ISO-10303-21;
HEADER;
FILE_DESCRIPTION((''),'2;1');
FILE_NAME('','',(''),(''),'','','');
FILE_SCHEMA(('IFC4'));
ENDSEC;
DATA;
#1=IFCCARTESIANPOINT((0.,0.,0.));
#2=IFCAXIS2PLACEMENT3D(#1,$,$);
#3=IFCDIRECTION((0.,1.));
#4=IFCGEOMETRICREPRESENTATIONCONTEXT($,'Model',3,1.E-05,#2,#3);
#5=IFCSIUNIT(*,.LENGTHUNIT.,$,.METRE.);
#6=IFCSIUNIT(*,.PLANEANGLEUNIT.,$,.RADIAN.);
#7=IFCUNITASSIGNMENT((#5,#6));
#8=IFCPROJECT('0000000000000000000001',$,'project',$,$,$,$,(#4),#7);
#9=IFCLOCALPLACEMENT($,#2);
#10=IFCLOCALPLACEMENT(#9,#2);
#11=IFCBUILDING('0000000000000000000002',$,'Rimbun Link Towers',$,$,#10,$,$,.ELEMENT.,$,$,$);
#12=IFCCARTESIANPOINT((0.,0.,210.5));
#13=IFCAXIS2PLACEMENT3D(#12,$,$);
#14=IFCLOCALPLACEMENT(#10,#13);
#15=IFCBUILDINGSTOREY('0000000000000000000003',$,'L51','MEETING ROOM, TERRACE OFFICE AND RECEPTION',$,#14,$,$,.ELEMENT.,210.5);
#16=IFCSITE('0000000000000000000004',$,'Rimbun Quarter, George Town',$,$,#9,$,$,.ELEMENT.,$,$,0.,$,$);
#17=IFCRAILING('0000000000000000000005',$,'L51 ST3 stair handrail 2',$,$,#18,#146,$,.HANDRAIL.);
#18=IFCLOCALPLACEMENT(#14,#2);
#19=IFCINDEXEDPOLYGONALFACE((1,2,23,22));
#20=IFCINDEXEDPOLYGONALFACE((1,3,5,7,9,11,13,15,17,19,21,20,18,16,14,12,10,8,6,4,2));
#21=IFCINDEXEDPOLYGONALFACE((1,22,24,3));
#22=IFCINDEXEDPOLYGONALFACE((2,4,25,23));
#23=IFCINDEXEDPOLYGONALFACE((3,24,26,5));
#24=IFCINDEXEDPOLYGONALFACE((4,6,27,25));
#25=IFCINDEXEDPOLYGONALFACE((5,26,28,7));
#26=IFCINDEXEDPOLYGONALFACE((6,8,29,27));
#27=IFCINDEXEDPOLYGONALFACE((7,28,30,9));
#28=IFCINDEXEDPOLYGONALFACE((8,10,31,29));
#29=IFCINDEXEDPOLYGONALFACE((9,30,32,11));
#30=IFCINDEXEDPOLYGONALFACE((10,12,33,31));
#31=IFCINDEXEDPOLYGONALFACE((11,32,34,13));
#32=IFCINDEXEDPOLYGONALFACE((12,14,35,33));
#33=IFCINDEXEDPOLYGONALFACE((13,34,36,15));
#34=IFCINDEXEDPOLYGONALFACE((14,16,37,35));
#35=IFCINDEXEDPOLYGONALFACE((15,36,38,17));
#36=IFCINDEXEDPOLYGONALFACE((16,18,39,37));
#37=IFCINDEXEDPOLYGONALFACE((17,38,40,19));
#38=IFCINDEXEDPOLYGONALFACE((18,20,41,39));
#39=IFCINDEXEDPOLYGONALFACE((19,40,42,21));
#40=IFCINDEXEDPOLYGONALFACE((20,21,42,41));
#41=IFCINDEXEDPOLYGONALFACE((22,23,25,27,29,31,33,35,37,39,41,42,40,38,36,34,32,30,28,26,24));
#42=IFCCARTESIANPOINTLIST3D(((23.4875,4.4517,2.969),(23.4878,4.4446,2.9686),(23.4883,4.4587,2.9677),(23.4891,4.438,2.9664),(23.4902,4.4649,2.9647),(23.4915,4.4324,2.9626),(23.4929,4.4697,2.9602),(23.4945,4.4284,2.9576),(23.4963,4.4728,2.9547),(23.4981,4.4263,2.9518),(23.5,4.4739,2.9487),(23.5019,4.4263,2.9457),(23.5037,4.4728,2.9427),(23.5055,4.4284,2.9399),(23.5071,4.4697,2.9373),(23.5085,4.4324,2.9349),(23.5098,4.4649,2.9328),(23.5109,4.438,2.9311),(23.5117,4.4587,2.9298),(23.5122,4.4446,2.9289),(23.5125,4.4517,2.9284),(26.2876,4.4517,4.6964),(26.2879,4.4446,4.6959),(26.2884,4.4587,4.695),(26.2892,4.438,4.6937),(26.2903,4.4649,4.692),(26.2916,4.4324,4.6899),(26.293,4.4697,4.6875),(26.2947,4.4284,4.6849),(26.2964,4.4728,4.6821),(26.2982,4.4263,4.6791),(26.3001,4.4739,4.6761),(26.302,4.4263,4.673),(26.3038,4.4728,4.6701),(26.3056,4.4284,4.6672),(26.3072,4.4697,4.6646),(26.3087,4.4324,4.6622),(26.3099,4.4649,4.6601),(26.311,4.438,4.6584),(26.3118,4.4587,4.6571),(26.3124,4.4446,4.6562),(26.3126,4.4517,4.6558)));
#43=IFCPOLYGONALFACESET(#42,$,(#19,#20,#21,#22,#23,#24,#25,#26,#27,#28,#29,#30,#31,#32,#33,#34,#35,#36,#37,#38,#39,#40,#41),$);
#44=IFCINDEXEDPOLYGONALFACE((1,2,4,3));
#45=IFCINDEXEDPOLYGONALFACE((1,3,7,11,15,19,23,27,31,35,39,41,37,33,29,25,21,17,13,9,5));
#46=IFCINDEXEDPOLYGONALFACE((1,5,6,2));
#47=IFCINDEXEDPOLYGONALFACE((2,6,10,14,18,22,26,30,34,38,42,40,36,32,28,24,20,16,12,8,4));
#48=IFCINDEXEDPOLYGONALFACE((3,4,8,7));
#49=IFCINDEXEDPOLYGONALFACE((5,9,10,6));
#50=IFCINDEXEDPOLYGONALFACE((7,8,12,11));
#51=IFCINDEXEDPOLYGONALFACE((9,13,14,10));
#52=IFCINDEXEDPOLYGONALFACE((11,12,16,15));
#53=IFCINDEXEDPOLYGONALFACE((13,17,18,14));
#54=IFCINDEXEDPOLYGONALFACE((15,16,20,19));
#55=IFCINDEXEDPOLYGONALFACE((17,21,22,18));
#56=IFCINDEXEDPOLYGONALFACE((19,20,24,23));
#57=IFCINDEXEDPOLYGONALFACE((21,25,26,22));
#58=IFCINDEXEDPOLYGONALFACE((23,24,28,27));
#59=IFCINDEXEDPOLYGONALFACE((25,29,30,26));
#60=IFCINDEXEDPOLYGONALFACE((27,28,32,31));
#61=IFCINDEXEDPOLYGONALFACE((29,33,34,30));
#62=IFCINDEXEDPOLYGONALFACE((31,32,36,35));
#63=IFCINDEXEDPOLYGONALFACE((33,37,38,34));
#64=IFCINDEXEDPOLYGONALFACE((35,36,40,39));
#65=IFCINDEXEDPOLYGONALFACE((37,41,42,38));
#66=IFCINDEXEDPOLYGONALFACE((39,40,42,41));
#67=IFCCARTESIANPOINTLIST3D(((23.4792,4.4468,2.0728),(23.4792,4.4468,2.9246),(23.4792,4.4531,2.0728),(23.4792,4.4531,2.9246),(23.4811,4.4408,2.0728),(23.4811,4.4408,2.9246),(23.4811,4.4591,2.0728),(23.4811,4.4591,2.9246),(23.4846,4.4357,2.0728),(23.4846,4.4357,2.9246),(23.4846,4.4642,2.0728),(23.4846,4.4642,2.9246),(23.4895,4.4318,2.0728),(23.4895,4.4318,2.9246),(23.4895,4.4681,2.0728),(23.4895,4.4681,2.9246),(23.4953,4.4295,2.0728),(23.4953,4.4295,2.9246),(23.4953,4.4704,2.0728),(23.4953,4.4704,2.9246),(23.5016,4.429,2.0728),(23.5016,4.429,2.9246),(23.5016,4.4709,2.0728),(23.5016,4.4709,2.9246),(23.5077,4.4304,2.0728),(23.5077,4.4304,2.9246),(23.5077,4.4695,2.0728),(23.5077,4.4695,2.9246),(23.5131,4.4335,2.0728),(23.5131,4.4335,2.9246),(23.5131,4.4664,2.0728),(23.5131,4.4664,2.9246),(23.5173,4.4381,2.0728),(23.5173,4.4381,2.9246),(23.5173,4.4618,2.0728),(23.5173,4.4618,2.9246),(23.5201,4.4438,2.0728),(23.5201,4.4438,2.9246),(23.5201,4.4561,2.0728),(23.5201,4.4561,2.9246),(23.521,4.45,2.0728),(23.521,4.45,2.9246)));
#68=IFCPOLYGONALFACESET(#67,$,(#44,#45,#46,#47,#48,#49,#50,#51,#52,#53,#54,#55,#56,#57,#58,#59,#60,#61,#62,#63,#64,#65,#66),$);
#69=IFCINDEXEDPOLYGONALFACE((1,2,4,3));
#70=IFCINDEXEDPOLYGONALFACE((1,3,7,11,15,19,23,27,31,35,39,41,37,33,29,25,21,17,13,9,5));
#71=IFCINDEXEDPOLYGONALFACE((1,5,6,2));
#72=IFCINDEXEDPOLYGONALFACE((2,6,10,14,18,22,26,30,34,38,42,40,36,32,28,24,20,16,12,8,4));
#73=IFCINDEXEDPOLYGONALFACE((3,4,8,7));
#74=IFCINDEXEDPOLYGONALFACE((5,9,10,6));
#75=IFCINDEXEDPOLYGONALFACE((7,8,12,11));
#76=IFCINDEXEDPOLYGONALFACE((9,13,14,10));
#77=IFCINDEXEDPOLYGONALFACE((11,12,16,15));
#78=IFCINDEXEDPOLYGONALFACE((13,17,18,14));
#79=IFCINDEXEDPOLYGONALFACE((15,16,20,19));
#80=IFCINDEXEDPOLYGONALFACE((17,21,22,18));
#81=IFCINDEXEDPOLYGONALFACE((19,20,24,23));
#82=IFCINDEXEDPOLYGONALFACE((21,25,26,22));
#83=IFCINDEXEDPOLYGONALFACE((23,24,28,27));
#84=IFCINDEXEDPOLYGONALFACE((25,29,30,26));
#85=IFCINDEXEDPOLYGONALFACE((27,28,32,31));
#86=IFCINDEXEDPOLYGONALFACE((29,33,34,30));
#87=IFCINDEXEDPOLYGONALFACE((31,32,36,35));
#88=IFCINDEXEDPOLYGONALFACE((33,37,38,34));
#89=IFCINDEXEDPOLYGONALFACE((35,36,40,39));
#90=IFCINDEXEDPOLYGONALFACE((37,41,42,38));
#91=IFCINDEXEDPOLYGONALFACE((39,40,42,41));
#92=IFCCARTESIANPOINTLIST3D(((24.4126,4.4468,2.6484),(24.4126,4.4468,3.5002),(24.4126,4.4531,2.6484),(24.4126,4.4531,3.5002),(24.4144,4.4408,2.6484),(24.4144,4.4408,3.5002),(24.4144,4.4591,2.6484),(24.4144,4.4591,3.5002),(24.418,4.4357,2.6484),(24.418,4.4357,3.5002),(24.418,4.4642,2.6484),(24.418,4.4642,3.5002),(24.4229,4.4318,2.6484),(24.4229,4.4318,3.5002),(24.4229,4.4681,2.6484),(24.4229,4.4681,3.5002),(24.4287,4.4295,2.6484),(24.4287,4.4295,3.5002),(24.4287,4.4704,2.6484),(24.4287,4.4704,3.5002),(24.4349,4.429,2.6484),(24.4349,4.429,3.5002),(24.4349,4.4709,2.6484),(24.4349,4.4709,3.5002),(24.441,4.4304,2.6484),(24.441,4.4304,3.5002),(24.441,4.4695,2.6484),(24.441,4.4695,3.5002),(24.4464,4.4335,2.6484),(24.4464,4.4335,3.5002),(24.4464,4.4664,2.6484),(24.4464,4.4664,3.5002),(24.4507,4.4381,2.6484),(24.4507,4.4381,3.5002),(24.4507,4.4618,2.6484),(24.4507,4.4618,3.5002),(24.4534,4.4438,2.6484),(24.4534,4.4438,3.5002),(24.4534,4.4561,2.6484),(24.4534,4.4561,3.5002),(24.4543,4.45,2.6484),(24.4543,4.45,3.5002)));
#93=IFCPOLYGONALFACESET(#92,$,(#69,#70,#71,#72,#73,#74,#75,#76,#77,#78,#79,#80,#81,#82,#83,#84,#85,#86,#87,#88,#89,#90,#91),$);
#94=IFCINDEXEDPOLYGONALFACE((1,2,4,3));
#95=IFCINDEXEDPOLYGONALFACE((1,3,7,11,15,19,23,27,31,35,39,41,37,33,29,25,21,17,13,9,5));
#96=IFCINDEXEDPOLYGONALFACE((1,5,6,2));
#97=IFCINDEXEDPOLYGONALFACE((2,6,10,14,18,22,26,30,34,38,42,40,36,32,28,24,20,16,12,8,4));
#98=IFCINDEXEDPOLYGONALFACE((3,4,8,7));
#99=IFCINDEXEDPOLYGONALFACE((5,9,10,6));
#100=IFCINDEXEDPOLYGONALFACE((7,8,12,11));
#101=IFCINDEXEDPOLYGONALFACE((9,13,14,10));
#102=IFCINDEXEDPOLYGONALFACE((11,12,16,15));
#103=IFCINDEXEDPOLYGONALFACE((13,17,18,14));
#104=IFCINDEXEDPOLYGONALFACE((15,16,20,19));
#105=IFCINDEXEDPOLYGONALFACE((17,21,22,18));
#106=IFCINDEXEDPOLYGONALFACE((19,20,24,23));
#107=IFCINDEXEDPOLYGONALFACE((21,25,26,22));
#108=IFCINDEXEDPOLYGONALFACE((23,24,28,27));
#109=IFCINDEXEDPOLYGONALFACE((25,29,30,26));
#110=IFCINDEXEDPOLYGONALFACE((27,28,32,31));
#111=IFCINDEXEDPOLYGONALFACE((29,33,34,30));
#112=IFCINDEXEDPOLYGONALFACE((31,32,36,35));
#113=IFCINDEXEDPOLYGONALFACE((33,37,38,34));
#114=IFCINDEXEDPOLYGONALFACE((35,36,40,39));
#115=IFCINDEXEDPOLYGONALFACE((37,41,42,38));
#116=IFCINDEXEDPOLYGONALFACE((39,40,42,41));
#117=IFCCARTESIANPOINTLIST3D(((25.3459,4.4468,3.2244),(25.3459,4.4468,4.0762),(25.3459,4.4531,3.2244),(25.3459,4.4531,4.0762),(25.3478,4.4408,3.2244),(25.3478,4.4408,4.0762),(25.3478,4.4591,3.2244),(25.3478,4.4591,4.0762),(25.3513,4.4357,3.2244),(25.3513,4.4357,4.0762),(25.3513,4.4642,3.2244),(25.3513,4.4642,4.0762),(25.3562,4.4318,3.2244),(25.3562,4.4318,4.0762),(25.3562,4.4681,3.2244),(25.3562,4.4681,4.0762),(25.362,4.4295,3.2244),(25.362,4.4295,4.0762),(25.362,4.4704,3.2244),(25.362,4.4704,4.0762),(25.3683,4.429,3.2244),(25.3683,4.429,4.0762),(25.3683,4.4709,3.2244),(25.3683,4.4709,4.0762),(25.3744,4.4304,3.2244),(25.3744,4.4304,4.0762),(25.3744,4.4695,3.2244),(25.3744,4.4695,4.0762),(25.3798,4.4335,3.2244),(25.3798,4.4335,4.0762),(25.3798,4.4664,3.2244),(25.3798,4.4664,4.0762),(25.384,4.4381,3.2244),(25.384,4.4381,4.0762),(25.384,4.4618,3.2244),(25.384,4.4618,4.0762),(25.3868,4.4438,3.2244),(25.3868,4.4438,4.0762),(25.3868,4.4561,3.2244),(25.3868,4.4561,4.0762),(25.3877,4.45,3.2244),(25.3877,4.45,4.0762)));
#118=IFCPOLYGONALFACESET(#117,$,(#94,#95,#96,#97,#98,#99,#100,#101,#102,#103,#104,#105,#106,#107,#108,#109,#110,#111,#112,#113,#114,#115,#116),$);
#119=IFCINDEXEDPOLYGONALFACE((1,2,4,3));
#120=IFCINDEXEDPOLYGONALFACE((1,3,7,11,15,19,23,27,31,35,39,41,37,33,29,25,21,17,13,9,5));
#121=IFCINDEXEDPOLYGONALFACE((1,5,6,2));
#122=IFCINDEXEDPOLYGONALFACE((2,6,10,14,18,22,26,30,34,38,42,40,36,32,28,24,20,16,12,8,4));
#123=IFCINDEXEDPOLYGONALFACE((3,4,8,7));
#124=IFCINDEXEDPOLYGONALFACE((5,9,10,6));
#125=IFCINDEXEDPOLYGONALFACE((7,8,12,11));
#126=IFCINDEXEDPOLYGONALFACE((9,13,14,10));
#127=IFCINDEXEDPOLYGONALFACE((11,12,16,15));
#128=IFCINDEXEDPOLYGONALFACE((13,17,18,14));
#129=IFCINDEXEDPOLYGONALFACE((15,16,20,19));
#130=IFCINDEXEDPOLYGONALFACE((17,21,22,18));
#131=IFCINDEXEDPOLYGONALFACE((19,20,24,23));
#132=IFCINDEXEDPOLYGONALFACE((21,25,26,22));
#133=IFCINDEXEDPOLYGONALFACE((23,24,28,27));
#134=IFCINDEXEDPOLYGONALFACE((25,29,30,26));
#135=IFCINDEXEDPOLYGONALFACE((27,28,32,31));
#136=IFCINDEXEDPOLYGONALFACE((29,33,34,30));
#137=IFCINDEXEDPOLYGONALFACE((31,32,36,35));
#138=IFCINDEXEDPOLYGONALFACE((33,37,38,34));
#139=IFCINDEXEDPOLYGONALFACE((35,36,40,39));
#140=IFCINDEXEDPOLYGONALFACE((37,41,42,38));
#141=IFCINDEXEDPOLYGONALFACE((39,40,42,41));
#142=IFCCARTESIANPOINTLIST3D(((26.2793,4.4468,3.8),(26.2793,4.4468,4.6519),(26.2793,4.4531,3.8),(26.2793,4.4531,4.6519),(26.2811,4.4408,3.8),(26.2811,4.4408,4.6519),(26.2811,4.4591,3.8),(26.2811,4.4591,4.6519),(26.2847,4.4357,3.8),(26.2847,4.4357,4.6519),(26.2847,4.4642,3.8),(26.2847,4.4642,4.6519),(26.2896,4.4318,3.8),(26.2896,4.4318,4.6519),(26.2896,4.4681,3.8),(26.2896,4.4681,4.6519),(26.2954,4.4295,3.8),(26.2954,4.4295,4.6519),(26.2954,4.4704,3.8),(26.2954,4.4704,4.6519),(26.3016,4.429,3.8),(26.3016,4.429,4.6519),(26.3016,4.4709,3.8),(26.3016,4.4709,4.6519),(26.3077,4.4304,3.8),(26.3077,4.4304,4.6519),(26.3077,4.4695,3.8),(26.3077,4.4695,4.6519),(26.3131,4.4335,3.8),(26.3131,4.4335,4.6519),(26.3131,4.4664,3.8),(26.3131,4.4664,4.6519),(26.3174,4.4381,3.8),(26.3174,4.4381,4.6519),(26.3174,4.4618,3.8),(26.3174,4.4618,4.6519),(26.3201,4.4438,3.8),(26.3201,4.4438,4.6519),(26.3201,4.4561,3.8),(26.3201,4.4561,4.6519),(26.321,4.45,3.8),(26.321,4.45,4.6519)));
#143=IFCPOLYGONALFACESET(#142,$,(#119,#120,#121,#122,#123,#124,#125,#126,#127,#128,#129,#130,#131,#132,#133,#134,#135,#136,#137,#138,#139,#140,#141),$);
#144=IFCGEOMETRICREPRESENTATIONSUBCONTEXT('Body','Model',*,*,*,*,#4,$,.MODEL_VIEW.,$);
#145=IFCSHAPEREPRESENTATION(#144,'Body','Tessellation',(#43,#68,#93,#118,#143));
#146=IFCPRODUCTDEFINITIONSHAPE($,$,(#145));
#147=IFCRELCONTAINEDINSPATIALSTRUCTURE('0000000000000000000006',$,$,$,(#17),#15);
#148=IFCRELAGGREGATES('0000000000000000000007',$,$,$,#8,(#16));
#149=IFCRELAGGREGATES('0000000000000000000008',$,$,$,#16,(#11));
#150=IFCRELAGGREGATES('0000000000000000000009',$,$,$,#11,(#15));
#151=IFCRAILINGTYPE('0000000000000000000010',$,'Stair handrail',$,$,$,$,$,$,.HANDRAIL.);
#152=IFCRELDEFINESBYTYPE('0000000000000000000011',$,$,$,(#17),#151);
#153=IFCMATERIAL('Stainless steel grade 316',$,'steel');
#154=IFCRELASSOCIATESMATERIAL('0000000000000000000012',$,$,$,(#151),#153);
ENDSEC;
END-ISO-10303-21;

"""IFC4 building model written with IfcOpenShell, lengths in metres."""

from ifc_helpers import new_model, si_unit, direction, frame, origin, origin_2d, place, context, subcontext, project, spatial, circle, extrude, material, type_object, element, save


model = new_model("IFC4")

# Units and contexts
model_context = context("Model", 3, precision=1e-05, world=origin(), true_north=direction((0.0, 1.0)))
body_context = subcontext(model_context, "Body", "Model", "MODEL_VIEW")
ifc_project = project(units=[si_unit("LENGTHUNIT", "METRE"), si_unit("PLANEANGLEUNIT", "RADIAN")], contexts=[model_context])

# Site, building, storey
site_placement = place(None, origin())
site = spatial("IfcSite", under=ifc_project, at=site_placement, Name="Rimbun Quarter, George Town", CompositionType="ELEMENT", RefElevation=0.0)
building_placement = place(site_placement, origin())
building = spatial("IfcBuilding", under=site, at=building_placement, Name="Rimbun Link Towers", CompositionType="ELEMENT")
storey_placement = place(building_placement, frame((0.0, 0.0, 210.5)))
storey = spatial("IfcBuildingStorey", under=building, at=storey_placement, Name="L51", Description="MEETING ROOM, TERRACE OFFICE AND RECEPTION", CompositionType="ELEMENT", Elevation=210.5)

# Railing
ifc_material_1 = material(Name="Stainless steel grade 316", Category="steel")
railing_type_1 = type_object("IfcRailingType", Name="Stair handrail", PredefinedType="HANDRAIL", material=ifc_material_1)
railing_1_placement = place(storey_placement, frame((23.5, 4.45, 2.0728)))
element("IfcRailing", 1, at=railing_1_placement, inside=storey, type_object=railing_type_1, Name="L51 ST3 stair handrail 2", PredefinedType="HANDRAIL", context=body_context, shape_type="SweptSolid", body=[
    extrude(circle(Radius=0.0239, at=origin_2d()), frame((0.0, 0.0, 0.876), z_axis=(0.85109, 0.0, 0.52502), x_axis=(0.0, 1.0, 0.0)), (0.0, 0.0, 1.0), 3.29),
    extrude(circle(Radius=0.021, at=origin_2d()), origin(), (0.0, 0.0, 1.0), 0.8518),
    extrude(circle(Radius=0.021, at=origin_2d()), frame((0.9333, 0.0, 0.5757)), (0.0, 0.0, 1.0), 0.8518),
    extrude(circle(Radius=0.021, at=origin_2d()), frame((1.8667, 0.0, 1.1516)), (0.0, 0.0, 1.0), 0.8518),
    extrude(circle(Radius=0.021, at=origin_2d()), frame((2.8, 0.0, 1.7273)), (0.0, 0.0, 1.0), 0.8518),
])

save(model, "model.ifc")
